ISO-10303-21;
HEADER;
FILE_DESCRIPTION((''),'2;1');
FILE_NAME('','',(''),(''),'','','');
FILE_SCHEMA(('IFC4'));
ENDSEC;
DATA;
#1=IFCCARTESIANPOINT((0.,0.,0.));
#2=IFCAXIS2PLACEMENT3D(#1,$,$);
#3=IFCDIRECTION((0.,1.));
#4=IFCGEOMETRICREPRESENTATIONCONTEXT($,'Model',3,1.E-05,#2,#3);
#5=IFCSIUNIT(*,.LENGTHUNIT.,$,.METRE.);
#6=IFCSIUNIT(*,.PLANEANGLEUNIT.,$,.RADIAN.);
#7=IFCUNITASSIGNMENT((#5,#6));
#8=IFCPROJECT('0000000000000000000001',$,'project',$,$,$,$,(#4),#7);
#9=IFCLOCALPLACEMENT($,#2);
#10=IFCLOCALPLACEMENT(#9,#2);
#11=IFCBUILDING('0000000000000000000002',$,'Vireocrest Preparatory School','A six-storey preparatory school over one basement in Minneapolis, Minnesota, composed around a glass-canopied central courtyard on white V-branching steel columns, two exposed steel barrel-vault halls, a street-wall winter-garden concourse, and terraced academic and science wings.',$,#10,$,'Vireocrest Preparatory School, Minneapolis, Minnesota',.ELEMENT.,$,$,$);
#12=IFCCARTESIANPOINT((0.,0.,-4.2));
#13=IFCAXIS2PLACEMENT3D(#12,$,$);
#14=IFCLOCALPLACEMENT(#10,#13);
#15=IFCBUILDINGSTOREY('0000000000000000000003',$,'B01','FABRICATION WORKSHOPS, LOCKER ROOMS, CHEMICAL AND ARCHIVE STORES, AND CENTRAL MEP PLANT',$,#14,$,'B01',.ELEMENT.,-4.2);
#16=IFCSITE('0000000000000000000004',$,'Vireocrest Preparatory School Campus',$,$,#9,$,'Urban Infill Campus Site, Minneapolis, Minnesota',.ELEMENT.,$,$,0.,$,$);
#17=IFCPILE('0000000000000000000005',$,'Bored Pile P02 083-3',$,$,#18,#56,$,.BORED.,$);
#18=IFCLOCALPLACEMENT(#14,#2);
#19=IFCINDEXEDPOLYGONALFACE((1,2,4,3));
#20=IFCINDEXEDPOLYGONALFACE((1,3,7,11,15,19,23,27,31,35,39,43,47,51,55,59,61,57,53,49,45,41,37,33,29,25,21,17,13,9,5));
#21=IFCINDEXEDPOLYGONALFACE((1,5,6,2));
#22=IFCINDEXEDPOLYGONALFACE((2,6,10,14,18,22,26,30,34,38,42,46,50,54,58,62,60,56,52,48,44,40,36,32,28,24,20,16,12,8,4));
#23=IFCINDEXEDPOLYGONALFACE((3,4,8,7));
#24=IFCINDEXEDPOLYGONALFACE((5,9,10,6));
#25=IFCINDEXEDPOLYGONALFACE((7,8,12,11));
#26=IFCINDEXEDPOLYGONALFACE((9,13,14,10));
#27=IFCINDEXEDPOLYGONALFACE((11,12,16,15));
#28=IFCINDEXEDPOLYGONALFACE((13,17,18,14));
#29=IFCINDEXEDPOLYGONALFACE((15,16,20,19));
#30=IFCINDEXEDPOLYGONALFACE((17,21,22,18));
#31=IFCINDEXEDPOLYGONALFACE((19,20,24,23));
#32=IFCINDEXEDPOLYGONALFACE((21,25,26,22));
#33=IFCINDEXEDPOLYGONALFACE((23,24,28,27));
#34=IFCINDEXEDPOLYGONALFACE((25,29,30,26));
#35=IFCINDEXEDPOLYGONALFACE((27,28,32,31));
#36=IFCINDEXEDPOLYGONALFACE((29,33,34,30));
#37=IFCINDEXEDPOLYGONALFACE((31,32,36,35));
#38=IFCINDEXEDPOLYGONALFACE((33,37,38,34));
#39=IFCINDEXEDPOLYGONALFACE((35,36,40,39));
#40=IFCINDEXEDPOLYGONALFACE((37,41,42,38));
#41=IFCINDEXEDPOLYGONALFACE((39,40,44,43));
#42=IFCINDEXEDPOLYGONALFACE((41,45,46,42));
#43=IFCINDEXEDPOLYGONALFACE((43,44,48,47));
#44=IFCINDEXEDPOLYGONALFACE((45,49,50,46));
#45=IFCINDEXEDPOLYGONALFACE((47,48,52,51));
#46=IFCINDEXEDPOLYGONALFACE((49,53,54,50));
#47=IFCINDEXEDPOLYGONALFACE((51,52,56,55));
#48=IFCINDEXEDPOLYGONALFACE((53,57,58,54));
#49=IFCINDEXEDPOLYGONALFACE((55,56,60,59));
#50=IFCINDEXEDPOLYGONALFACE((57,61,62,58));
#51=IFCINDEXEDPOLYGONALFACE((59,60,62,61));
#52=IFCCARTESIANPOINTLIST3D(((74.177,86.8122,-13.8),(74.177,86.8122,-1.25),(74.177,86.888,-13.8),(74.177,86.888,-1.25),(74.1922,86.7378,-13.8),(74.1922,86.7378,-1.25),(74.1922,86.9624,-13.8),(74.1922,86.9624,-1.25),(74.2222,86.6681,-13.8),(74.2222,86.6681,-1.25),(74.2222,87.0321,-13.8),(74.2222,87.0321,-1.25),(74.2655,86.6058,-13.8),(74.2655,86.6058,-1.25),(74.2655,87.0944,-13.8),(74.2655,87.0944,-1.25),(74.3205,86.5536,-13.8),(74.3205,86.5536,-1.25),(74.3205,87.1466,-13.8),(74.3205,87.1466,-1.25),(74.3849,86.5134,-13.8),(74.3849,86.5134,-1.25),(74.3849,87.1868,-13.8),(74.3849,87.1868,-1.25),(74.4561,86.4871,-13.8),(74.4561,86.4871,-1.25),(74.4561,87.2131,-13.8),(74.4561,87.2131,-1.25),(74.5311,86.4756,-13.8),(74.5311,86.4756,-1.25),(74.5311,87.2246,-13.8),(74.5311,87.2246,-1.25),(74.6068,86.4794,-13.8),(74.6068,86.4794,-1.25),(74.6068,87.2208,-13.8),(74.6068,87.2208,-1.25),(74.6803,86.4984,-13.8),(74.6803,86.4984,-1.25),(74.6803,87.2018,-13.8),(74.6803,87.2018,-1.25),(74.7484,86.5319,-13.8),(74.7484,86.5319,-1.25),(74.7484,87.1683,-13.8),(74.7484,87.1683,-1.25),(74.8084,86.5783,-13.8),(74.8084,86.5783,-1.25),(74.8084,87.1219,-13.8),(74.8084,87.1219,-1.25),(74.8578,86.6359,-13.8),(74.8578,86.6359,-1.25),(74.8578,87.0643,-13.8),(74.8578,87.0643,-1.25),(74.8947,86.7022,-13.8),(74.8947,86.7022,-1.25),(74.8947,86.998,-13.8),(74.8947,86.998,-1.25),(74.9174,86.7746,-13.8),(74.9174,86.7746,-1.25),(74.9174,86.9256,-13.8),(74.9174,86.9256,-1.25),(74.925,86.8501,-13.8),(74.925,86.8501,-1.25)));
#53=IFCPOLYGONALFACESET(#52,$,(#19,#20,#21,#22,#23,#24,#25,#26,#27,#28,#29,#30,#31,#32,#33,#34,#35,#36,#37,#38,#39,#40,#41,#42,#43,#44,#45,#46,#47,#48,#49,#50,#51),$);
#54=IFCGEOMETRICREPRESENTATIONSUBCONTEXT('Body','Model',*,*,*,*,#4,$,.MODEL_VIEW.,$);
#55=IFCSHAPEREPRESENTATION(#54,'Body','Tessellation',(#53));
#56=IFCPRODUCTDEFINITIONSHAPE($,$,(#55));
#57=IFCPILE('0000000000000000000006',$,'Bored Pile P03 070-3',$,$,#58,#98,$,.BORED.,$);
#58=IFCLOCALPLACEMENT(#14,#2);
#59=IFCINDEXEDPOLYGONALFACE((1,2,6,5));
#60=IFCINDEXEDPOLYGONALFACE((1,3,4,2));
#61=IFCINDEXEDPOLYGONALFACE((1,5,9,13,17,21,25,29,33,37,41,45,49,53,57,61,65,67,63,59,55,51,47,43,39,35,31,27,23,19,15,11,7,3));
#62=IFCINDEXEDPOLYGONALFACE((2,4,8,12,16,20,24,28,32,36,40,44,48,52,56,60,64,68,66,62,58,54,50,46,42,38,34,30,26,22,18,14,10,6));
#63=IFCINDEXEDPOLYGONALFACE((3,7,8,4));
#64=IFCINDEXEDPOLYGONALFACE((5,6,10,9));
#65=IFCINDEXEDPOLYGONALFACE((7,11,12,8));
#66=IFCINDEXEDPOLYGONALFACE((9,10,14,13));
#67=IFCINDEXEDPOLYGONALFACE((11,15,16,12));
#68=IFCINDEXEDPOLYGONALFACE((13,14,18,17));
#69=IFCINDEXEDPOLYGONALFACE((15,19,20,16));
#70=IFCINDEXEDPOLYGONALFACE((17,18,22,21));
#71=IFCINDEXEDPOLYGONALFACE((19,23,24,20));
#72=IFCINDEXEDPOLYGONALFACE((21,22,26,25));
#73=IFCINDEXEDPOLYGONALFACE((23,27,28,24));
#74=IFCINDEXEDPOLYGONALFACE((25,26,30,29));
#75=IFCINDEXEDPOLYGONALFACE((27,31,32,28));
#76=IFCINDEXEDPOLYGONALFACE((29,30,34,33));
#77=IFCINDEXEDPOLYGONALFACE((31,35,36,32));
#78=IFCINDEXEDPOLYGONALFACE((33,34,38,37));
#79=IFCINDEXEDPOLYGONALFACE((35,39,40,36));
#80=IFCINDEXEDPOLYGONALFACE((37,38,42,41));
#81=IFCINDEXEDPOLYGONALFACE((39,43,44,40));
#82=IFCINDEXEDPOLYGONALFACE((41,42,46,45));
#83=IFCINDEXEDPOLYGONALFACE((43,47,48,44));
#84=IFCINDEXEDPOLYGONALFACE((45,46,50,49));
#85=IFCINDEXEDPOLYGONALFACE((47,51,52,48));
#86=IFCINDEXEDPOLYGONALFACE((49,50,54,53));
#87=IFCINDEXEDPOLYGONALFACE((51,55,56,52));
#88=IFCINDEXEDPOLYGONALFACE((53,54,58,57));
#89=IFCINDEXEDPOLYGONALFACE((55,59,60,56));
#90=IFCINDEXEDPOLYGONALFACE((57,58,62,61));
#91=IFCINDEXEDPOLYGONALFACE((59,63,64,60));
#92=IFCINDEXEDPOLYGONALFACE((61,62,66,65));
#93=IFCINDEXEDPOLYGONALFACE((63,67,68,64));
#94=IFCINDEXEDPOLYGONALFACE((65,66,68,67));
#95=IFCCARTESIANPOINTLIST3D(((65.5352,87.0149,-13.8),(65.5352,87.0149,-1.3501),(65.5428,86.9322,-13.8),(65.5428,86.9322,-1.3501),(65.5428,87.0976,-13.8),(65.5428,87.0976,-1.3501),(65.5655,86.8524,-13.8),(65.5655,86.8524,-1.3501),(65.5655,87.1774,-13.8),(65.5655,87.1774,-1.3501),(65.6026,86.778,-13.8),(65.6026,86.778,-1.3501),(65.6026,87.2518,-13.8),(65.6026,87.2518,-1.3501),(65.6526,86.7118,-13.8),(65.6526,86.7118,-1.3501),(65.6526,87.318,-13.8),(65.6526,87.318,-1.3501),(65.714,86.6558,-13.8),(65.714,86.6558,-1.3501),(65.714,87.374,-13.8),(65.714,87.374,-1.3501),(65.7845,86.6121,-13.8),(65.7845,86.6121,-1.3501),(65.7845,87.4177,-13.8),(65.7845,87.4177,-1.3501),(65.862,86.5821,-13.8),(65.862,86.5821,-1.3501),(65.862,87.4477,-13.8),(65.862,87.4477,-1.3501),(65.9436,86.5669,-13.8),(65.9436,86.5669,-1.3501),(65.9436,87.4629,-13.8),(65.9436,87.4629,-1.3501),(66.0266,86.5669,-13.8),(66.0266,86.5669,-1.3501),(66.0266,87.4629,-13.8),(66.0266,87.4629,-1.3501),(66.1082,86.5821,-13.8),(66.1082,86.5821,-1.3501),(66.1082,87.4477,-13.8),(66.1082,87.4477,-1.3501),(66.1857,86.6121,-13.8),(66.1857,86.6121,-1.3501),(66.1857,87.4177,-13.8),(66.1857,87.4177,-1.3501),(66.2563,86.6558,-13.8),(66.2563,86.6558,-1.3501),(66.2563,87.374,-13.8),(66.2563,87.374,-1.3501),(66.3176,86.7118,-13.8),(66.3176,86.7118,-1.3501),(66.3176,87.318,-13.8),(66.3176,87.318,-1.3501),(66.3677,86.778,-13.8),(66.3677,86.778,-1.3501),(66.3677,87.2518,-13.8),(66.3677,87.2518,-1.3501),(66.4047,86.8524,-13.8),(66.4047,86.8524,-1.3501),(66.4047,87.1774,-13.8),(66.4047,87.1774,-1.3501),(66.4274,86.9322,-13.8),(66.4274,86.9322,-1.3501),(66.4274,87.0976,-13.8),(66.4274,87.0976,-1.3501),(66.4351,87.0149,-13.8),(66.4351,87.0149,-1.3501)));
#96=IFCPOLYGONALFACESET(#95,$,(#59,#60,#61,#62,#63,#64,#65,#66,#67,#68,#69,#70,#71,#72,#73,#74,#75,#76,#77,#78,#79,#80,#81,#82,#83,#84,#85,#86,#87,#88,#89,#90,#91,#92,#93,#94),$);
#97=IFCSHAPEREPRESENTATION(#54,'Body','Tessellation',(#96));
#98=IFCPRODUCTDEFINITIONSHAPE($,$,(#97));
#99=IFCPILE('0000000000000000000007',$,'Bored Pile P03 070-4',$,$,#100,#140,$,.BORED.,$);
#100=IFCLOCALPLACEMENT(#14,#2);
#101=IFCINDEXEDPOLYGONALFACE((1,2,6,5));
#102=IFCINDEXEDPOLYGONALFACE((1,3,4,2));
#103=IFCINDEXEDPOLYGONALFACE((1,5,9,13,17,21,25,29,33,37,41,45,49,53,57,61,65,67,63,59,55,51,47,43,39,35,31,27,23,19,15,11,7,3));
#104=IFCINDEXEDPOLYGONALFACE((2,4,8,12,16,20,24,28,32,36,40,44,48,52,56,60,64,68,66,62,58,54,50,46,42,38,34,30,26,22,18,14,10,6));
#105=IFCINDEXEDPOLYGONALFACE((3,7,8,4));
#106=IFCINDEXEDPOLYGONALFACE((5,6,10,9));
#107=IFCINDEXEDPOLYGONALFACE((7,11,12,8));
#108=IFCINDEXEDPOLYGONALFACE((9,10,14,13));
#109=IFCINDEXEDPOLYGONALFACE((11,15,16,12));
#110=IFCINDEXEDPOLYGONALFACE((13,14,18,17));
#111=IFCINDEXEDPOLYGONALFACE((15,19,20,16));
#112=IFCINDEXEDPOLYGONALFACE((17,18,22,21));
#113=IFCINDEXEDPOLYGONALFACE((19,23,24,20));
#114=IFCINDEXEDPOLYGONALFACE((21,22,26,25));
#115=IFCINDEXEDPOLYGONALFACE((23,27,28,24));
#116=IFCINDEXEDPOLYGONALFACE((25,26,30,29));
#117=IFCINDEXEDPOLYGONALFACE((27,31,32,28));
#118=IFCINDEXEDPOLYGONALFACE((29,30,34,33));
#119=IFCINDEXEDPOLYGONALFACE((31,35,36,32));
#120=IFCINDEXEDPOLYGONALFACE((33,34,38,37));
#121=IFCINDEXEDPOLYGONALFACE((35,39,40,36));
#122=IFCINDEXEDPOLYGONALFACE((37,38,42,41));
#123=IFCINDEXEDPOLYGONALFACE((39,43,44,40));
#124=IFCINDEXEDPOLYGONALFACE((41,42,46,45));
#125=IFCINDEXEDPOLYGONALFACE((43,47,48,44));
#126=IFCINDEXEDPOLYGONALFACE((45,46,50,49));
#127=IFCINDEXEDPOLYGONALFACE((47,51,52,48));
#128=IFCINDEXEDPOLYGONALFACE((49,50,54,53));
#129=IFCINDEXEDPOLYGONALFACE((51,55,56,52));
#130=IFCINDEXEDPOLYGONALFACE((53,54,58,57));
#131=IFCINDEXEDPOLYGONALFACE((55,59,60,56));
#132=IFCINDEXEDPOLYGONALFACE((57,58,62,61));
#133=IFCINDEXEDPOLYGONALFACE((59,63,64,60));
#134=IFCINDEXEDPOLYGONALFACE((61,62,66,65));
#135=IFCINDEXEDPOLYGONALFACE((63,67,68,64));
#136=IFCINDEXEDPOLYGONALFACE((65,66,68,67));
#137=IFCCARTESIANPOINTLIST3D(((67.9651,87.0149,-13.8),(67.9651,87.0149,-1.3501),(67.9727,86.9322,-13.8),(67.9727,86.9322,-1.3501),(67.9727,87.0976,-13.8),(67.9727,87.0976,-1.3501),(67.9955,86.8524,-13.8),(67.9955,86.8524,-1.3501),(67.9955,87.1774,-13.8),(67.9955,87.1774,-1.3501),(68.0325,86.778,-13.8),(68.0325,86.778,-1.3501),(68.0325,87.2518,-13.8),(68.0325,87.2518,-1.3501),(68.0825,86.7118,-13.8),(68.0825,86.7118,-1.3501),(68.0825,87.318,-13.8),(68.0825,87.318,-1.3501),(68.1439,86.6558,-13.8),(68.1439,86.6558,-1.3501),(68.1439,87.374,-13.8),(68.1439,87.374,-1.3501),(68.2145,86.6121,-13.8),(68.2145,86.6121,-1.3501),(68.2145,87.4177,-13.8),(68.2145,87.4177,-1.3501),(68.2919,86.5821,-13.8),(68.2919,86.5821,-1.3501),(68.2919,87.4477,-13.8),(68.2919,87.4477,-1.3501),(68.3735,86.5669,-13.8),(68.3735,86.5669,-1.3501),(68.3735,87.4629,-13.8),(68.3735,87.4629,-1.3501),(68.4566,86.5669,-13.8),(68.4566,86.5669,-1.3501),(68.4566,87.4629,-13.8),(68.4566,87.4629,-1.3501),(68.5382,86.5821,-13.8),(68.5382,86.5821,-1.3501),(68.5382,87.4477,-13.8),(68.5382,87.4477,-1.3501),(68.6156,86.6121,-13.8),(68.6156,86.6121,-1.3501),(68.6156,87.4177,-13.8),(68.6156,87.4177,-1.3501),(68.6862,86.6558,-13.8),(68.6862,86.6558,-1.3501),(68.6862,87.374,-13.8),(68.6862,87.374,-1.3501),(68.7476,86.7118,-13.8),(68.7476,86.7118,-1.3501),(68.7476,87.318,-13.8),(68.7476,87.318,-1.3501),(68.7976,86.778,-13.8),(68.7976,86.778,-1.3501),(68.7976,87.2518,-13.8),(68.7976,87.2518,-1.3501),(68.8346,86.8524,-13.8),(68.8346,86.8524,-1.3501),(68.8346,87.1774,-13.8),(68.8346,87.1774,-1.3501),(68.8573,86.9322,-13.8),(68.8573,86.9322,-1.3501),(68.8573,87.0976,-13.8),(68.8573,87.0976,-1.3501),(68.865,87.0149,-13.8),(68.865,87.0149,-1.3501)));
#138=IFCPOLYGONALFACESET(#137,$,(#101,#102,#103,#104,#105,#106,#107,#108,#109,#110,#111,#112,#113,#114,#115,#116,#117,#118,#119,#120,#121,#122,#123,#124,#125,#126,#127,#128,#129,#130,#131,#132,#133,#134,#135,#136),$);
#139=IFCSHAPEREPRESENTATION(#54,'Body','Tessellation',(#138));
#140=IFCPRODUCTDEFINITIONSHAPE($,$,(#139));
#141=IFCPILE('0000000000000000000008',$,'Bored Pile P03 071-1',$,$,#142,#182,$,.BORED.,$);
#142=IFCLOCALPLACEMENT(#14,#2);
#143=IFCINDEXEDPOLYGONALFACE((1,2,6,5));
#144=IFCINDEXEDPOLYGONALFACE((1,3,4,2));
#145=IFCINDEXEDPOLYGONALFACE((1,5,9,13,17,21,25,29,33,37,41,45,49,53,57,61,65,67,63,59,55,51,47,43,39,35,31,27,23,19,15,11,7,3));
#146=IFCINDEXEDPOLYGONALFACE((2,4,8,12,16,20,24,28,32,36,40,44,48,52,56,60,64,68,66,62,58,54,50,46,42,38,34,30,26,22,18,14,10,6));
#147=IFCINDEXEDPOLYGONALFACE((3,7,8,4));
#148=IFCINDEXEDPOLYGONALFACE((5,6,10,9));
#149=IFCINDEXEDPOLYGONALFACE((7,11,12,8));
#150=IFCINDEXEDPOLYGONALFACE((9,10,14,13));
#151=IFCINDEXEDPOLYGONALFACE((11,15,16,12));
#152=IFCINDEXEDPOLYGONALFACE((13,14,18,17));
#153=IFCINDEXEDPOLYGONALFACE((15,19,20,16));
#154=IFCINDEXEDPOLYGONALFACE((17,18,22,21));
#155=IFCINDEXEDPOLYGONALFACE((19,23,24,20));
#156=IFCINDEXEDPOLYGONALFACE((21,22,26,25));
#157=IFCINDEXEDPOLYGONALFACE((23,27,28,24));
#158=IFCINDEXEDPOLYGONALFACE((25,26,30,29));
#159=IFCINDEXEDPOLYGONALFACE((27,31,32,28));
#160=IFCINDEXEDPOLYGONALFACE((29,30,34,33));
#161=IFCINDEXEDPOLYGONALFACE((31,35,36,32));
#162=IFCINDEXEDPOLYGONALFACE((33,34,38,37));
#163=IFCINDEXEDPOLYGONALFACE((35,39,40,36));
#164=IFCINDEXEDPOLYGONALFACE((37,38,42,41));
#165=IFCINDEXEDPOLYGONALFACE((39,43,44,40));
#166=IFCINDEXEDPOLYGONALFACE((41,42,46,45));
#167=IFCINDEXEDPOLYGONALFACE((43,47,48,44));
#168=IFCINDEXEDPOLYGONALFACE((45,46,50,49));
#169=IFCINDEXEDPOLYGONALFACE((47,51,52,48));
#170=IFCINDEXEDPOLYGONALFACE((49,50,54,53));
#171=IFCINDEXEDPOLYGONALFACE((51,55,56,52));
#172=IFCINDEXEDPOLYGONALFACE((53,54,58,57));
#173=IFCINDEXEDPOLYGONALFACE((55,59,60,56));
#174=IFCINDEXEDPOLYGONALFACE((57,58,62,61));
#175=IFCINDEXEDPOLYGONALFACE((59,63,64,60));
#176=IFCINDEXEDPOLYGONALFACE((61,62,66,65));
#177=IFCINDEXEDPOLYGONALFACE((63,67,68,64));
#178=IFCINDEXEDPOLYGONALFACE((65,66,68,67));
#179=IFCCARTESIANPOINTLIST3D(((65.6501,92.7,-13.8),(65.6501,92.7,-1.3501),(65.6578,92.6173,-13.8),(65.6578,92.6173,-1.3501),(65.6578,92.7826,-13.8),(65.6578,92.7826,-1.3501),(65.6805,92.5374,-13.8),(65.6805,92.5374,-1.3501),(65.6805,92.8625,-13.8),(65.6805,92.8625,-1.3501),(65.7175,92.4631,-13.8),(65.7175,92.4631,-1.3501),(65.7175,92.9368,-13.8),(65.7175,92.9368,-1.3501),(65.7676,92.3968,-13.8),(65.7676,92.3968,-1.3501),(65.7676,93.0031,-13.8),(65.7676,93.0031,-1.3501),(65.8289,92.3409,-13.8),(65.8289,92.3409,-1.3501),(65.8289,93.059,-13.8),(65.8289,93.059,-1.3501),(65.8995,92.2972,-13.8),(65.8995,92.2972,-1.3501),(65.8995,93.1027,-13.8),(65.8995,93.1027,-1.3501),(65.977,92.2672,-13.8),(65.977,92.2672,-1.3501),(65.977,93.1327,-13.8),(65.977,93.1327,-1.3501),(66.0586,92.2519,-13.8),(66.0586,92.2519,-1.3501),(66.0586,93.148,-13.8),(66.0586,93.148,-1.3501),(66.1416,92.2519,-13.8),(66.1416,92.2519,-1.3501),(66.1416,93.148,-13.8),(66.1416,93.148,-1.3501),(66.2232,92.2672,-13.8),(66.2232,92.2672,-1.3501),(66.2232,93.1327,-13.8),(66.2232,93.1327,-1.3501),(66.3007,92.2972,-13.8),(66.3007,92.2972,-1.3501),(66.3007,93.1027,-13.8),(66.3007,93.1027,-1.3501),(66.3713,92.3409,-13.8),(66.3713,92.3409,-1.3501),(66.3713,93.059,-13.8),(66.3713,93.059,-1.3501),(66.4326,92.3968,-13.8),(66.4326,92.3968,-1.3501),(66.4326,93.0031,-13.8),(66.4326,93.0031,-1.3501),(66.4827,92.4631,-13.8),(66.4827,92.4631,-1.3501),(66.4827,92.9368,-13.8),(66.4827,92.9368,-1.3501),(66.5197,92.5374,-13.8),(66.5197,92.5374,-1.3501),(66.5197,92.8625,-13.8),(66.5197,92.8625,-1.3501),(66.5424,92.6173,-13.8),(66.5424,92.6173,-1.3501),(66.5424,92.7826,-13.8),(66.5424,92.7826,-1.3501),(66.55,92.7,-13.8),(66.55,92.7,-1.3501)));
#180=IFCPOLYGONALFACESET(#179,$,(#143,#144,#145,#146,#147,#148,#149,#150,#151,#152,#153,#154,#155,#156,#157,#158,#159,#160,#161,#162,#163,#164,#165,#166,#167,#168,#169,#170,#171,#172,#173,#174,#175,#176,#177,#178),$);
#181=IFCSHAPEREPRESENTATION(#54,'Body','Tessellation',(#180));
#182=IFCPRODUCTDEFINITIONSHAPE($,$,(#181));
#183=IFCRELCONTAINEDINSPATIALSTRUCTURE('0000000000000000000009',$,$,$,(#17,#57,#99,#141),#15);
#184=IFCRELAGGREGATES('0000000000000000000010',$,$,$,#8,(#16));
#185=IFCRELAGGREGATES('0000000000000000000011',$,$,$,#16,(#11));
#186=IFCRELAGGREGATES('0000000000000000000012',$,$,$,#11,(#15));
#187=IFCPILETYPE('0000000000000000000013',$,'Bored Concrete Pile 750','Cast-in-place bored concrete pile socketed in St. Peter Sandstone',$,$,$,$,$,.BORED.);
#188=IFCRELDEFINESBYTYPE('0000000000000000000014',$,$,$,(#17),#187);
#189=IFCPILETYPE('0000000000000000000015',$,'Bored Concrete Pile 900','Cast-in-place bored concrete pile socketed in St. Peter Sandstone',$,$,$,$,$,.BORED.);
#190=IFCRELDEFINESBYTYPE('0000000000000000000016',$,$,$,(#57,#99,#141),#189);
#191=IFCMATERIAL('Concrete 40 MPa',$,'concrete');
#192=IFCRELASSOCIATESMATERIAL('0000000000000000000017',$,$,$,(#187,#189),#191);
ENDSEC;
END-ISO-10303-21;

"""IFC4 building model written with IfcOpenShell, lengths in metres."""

from ifc_helpers import new_model, si_unit, direction, frame, origin, origin_2d, place, context, subcontext, project, spatial, circle, extrude, material, material_profile, profile_set, type_object, element, save


model = new_model("IFC4")

# Units and contexts
model_context = context("Model", 3, precision=1e-05, world=origin(), true_north=direction((0.0, 1.0)))
body_context = subcontext(model_context, "Body", "Model", "MODEL_VIEW")
ifc_project = project(units=[si_unit("LENGTHUNIT", "METRE"), si_unit("PLANEANGLEUNIT", "RADIAN")], contexts=[model_context])

# Site, building, storey
site_placement = place(None, origin())
site = spatial("IfcSite", under=ifc_project, at=site_placement, Name="Vireocrest Preparatory School Campus", LongName="Urban Infill Campus Site, Minneapolis, Minnesota", CompositionType="ELEMENT", RefElevation=0.0)
building_placement = place(site_placement, origin())
building = spatial("IfcBuilding", under=site, at=building_placement, Name="Vireocrest Preparatory School", Description="A six-storey preparatory school over one basement in Minneapolis, Minnesota, composed around a glass-canopied central courtyard on white V-branching steel columns, two exposed steel barrel-vault halls, a street-wall winter-garden concourse, and terraced academic and science wings.", LongName="Vireocrest Preparatory School, Minneapolis, Minnesota", CompositionType="ELEMENT")
storey_placement = place(building_placement, frame((0.0, 0.0, -4.2)))
storey = spatial("IfcBuildingStorey", under=building, at=storey_placement, Name="B01", Description="FABRICATION WORKSHOPS, LOCKER ROOMS, CHEMICAL AND ARCHIVE STORES, AND CENTRAL MEP PLANT", LongName="B01", CompositionType="ELEMENT", Elevation=-4.2)

# Piles
ifc_material_1 = material(Name="Concrete 40 MPa", Category="concrete")
ifc_material_profile_1 = material_profile(ifc_material_1, circle(Radius=0.375, at=origin_2d()), Name="BORED PILE 750")
ifc_profile_set_1 = profile_set([ifc_material_profile_1], Name="Concrete 40 MPa")
pile_type_1 = type_object("IfcPileType", Name="Bored Concrete Pile 750", Description="Cast-in-place bored concrete pile socketed in St. Peter Sandstone", PredefinedType="BORED", material=ifc_profile_set_1)
pile_placement = place(storey_placement, frame((74.55, 86.8501, -1.25), z_axis=(0.0, 0.0, -1.0), x_axis=(1.0, 0.0, 0.0)))
element("IfcPile", 1, at=pile_placement, inside=storey, type_object=pile_type_1, Name="Bored Pile P02 083-3", PredefinedType="BORED", context=body_context, shape_type="SweptSolid", body=[
    extrude(circle(Radius=0.375, at=origin_2d()), origin(), (0.0, 0.0, 1.0), 12.55),
])
ifc_material_profile_2 = material_profile(ifc_material_1, circle(Radius=0.45, at=origin_2d()), Name="BORED PILE 900")
ifc_profile_set_2 = profile_set([ifc_material_profile_2], Name="Concrete 40 MPa")
pile_type_2 = type_object("IfcPileType", Name="Bored Concrete Pile 900", Description="Cast-in-place bored concrete pile socketed in St. Peter Sandstone", PredefinedType="BORED", material=ifc_profile_set_2)
for number, where, z_axis, x_axis, name in (
    (2, (65.9851, 87.0149, -1.3501), (0.0, 0.0, -1.0), (1.0, 0.0, 0.0), "Bored Pile P03 070-3"),
    (3, (68.415, 87.0149, -1.3501), (0.0, 0.0, -1.0), (1.0, 0.0, 0.0), "Bored Pile P03 070-4"),
    (4, (66.1001, 92.7, -1.3501), (0.0, 0.0, -1.0), (1.0, 0.0, 0.0), "Bored Pile P03 071-1"),
):
    element("IfcPile", number, at=place(storey_placement, frame(where, z_axis=z_axis, x_axis=x_axis)), inside=storey, type_object=pile_type_2, Name=name, PredefinedType="BORED", context=body_context, shape_type="SweptSolid", body=[
        extrude(circle(Radius=0.45, at=origin_2d()), origin(), (0.0, 0.0, 1.0), 12.45),
    ])

save(model, "model.ifc")
